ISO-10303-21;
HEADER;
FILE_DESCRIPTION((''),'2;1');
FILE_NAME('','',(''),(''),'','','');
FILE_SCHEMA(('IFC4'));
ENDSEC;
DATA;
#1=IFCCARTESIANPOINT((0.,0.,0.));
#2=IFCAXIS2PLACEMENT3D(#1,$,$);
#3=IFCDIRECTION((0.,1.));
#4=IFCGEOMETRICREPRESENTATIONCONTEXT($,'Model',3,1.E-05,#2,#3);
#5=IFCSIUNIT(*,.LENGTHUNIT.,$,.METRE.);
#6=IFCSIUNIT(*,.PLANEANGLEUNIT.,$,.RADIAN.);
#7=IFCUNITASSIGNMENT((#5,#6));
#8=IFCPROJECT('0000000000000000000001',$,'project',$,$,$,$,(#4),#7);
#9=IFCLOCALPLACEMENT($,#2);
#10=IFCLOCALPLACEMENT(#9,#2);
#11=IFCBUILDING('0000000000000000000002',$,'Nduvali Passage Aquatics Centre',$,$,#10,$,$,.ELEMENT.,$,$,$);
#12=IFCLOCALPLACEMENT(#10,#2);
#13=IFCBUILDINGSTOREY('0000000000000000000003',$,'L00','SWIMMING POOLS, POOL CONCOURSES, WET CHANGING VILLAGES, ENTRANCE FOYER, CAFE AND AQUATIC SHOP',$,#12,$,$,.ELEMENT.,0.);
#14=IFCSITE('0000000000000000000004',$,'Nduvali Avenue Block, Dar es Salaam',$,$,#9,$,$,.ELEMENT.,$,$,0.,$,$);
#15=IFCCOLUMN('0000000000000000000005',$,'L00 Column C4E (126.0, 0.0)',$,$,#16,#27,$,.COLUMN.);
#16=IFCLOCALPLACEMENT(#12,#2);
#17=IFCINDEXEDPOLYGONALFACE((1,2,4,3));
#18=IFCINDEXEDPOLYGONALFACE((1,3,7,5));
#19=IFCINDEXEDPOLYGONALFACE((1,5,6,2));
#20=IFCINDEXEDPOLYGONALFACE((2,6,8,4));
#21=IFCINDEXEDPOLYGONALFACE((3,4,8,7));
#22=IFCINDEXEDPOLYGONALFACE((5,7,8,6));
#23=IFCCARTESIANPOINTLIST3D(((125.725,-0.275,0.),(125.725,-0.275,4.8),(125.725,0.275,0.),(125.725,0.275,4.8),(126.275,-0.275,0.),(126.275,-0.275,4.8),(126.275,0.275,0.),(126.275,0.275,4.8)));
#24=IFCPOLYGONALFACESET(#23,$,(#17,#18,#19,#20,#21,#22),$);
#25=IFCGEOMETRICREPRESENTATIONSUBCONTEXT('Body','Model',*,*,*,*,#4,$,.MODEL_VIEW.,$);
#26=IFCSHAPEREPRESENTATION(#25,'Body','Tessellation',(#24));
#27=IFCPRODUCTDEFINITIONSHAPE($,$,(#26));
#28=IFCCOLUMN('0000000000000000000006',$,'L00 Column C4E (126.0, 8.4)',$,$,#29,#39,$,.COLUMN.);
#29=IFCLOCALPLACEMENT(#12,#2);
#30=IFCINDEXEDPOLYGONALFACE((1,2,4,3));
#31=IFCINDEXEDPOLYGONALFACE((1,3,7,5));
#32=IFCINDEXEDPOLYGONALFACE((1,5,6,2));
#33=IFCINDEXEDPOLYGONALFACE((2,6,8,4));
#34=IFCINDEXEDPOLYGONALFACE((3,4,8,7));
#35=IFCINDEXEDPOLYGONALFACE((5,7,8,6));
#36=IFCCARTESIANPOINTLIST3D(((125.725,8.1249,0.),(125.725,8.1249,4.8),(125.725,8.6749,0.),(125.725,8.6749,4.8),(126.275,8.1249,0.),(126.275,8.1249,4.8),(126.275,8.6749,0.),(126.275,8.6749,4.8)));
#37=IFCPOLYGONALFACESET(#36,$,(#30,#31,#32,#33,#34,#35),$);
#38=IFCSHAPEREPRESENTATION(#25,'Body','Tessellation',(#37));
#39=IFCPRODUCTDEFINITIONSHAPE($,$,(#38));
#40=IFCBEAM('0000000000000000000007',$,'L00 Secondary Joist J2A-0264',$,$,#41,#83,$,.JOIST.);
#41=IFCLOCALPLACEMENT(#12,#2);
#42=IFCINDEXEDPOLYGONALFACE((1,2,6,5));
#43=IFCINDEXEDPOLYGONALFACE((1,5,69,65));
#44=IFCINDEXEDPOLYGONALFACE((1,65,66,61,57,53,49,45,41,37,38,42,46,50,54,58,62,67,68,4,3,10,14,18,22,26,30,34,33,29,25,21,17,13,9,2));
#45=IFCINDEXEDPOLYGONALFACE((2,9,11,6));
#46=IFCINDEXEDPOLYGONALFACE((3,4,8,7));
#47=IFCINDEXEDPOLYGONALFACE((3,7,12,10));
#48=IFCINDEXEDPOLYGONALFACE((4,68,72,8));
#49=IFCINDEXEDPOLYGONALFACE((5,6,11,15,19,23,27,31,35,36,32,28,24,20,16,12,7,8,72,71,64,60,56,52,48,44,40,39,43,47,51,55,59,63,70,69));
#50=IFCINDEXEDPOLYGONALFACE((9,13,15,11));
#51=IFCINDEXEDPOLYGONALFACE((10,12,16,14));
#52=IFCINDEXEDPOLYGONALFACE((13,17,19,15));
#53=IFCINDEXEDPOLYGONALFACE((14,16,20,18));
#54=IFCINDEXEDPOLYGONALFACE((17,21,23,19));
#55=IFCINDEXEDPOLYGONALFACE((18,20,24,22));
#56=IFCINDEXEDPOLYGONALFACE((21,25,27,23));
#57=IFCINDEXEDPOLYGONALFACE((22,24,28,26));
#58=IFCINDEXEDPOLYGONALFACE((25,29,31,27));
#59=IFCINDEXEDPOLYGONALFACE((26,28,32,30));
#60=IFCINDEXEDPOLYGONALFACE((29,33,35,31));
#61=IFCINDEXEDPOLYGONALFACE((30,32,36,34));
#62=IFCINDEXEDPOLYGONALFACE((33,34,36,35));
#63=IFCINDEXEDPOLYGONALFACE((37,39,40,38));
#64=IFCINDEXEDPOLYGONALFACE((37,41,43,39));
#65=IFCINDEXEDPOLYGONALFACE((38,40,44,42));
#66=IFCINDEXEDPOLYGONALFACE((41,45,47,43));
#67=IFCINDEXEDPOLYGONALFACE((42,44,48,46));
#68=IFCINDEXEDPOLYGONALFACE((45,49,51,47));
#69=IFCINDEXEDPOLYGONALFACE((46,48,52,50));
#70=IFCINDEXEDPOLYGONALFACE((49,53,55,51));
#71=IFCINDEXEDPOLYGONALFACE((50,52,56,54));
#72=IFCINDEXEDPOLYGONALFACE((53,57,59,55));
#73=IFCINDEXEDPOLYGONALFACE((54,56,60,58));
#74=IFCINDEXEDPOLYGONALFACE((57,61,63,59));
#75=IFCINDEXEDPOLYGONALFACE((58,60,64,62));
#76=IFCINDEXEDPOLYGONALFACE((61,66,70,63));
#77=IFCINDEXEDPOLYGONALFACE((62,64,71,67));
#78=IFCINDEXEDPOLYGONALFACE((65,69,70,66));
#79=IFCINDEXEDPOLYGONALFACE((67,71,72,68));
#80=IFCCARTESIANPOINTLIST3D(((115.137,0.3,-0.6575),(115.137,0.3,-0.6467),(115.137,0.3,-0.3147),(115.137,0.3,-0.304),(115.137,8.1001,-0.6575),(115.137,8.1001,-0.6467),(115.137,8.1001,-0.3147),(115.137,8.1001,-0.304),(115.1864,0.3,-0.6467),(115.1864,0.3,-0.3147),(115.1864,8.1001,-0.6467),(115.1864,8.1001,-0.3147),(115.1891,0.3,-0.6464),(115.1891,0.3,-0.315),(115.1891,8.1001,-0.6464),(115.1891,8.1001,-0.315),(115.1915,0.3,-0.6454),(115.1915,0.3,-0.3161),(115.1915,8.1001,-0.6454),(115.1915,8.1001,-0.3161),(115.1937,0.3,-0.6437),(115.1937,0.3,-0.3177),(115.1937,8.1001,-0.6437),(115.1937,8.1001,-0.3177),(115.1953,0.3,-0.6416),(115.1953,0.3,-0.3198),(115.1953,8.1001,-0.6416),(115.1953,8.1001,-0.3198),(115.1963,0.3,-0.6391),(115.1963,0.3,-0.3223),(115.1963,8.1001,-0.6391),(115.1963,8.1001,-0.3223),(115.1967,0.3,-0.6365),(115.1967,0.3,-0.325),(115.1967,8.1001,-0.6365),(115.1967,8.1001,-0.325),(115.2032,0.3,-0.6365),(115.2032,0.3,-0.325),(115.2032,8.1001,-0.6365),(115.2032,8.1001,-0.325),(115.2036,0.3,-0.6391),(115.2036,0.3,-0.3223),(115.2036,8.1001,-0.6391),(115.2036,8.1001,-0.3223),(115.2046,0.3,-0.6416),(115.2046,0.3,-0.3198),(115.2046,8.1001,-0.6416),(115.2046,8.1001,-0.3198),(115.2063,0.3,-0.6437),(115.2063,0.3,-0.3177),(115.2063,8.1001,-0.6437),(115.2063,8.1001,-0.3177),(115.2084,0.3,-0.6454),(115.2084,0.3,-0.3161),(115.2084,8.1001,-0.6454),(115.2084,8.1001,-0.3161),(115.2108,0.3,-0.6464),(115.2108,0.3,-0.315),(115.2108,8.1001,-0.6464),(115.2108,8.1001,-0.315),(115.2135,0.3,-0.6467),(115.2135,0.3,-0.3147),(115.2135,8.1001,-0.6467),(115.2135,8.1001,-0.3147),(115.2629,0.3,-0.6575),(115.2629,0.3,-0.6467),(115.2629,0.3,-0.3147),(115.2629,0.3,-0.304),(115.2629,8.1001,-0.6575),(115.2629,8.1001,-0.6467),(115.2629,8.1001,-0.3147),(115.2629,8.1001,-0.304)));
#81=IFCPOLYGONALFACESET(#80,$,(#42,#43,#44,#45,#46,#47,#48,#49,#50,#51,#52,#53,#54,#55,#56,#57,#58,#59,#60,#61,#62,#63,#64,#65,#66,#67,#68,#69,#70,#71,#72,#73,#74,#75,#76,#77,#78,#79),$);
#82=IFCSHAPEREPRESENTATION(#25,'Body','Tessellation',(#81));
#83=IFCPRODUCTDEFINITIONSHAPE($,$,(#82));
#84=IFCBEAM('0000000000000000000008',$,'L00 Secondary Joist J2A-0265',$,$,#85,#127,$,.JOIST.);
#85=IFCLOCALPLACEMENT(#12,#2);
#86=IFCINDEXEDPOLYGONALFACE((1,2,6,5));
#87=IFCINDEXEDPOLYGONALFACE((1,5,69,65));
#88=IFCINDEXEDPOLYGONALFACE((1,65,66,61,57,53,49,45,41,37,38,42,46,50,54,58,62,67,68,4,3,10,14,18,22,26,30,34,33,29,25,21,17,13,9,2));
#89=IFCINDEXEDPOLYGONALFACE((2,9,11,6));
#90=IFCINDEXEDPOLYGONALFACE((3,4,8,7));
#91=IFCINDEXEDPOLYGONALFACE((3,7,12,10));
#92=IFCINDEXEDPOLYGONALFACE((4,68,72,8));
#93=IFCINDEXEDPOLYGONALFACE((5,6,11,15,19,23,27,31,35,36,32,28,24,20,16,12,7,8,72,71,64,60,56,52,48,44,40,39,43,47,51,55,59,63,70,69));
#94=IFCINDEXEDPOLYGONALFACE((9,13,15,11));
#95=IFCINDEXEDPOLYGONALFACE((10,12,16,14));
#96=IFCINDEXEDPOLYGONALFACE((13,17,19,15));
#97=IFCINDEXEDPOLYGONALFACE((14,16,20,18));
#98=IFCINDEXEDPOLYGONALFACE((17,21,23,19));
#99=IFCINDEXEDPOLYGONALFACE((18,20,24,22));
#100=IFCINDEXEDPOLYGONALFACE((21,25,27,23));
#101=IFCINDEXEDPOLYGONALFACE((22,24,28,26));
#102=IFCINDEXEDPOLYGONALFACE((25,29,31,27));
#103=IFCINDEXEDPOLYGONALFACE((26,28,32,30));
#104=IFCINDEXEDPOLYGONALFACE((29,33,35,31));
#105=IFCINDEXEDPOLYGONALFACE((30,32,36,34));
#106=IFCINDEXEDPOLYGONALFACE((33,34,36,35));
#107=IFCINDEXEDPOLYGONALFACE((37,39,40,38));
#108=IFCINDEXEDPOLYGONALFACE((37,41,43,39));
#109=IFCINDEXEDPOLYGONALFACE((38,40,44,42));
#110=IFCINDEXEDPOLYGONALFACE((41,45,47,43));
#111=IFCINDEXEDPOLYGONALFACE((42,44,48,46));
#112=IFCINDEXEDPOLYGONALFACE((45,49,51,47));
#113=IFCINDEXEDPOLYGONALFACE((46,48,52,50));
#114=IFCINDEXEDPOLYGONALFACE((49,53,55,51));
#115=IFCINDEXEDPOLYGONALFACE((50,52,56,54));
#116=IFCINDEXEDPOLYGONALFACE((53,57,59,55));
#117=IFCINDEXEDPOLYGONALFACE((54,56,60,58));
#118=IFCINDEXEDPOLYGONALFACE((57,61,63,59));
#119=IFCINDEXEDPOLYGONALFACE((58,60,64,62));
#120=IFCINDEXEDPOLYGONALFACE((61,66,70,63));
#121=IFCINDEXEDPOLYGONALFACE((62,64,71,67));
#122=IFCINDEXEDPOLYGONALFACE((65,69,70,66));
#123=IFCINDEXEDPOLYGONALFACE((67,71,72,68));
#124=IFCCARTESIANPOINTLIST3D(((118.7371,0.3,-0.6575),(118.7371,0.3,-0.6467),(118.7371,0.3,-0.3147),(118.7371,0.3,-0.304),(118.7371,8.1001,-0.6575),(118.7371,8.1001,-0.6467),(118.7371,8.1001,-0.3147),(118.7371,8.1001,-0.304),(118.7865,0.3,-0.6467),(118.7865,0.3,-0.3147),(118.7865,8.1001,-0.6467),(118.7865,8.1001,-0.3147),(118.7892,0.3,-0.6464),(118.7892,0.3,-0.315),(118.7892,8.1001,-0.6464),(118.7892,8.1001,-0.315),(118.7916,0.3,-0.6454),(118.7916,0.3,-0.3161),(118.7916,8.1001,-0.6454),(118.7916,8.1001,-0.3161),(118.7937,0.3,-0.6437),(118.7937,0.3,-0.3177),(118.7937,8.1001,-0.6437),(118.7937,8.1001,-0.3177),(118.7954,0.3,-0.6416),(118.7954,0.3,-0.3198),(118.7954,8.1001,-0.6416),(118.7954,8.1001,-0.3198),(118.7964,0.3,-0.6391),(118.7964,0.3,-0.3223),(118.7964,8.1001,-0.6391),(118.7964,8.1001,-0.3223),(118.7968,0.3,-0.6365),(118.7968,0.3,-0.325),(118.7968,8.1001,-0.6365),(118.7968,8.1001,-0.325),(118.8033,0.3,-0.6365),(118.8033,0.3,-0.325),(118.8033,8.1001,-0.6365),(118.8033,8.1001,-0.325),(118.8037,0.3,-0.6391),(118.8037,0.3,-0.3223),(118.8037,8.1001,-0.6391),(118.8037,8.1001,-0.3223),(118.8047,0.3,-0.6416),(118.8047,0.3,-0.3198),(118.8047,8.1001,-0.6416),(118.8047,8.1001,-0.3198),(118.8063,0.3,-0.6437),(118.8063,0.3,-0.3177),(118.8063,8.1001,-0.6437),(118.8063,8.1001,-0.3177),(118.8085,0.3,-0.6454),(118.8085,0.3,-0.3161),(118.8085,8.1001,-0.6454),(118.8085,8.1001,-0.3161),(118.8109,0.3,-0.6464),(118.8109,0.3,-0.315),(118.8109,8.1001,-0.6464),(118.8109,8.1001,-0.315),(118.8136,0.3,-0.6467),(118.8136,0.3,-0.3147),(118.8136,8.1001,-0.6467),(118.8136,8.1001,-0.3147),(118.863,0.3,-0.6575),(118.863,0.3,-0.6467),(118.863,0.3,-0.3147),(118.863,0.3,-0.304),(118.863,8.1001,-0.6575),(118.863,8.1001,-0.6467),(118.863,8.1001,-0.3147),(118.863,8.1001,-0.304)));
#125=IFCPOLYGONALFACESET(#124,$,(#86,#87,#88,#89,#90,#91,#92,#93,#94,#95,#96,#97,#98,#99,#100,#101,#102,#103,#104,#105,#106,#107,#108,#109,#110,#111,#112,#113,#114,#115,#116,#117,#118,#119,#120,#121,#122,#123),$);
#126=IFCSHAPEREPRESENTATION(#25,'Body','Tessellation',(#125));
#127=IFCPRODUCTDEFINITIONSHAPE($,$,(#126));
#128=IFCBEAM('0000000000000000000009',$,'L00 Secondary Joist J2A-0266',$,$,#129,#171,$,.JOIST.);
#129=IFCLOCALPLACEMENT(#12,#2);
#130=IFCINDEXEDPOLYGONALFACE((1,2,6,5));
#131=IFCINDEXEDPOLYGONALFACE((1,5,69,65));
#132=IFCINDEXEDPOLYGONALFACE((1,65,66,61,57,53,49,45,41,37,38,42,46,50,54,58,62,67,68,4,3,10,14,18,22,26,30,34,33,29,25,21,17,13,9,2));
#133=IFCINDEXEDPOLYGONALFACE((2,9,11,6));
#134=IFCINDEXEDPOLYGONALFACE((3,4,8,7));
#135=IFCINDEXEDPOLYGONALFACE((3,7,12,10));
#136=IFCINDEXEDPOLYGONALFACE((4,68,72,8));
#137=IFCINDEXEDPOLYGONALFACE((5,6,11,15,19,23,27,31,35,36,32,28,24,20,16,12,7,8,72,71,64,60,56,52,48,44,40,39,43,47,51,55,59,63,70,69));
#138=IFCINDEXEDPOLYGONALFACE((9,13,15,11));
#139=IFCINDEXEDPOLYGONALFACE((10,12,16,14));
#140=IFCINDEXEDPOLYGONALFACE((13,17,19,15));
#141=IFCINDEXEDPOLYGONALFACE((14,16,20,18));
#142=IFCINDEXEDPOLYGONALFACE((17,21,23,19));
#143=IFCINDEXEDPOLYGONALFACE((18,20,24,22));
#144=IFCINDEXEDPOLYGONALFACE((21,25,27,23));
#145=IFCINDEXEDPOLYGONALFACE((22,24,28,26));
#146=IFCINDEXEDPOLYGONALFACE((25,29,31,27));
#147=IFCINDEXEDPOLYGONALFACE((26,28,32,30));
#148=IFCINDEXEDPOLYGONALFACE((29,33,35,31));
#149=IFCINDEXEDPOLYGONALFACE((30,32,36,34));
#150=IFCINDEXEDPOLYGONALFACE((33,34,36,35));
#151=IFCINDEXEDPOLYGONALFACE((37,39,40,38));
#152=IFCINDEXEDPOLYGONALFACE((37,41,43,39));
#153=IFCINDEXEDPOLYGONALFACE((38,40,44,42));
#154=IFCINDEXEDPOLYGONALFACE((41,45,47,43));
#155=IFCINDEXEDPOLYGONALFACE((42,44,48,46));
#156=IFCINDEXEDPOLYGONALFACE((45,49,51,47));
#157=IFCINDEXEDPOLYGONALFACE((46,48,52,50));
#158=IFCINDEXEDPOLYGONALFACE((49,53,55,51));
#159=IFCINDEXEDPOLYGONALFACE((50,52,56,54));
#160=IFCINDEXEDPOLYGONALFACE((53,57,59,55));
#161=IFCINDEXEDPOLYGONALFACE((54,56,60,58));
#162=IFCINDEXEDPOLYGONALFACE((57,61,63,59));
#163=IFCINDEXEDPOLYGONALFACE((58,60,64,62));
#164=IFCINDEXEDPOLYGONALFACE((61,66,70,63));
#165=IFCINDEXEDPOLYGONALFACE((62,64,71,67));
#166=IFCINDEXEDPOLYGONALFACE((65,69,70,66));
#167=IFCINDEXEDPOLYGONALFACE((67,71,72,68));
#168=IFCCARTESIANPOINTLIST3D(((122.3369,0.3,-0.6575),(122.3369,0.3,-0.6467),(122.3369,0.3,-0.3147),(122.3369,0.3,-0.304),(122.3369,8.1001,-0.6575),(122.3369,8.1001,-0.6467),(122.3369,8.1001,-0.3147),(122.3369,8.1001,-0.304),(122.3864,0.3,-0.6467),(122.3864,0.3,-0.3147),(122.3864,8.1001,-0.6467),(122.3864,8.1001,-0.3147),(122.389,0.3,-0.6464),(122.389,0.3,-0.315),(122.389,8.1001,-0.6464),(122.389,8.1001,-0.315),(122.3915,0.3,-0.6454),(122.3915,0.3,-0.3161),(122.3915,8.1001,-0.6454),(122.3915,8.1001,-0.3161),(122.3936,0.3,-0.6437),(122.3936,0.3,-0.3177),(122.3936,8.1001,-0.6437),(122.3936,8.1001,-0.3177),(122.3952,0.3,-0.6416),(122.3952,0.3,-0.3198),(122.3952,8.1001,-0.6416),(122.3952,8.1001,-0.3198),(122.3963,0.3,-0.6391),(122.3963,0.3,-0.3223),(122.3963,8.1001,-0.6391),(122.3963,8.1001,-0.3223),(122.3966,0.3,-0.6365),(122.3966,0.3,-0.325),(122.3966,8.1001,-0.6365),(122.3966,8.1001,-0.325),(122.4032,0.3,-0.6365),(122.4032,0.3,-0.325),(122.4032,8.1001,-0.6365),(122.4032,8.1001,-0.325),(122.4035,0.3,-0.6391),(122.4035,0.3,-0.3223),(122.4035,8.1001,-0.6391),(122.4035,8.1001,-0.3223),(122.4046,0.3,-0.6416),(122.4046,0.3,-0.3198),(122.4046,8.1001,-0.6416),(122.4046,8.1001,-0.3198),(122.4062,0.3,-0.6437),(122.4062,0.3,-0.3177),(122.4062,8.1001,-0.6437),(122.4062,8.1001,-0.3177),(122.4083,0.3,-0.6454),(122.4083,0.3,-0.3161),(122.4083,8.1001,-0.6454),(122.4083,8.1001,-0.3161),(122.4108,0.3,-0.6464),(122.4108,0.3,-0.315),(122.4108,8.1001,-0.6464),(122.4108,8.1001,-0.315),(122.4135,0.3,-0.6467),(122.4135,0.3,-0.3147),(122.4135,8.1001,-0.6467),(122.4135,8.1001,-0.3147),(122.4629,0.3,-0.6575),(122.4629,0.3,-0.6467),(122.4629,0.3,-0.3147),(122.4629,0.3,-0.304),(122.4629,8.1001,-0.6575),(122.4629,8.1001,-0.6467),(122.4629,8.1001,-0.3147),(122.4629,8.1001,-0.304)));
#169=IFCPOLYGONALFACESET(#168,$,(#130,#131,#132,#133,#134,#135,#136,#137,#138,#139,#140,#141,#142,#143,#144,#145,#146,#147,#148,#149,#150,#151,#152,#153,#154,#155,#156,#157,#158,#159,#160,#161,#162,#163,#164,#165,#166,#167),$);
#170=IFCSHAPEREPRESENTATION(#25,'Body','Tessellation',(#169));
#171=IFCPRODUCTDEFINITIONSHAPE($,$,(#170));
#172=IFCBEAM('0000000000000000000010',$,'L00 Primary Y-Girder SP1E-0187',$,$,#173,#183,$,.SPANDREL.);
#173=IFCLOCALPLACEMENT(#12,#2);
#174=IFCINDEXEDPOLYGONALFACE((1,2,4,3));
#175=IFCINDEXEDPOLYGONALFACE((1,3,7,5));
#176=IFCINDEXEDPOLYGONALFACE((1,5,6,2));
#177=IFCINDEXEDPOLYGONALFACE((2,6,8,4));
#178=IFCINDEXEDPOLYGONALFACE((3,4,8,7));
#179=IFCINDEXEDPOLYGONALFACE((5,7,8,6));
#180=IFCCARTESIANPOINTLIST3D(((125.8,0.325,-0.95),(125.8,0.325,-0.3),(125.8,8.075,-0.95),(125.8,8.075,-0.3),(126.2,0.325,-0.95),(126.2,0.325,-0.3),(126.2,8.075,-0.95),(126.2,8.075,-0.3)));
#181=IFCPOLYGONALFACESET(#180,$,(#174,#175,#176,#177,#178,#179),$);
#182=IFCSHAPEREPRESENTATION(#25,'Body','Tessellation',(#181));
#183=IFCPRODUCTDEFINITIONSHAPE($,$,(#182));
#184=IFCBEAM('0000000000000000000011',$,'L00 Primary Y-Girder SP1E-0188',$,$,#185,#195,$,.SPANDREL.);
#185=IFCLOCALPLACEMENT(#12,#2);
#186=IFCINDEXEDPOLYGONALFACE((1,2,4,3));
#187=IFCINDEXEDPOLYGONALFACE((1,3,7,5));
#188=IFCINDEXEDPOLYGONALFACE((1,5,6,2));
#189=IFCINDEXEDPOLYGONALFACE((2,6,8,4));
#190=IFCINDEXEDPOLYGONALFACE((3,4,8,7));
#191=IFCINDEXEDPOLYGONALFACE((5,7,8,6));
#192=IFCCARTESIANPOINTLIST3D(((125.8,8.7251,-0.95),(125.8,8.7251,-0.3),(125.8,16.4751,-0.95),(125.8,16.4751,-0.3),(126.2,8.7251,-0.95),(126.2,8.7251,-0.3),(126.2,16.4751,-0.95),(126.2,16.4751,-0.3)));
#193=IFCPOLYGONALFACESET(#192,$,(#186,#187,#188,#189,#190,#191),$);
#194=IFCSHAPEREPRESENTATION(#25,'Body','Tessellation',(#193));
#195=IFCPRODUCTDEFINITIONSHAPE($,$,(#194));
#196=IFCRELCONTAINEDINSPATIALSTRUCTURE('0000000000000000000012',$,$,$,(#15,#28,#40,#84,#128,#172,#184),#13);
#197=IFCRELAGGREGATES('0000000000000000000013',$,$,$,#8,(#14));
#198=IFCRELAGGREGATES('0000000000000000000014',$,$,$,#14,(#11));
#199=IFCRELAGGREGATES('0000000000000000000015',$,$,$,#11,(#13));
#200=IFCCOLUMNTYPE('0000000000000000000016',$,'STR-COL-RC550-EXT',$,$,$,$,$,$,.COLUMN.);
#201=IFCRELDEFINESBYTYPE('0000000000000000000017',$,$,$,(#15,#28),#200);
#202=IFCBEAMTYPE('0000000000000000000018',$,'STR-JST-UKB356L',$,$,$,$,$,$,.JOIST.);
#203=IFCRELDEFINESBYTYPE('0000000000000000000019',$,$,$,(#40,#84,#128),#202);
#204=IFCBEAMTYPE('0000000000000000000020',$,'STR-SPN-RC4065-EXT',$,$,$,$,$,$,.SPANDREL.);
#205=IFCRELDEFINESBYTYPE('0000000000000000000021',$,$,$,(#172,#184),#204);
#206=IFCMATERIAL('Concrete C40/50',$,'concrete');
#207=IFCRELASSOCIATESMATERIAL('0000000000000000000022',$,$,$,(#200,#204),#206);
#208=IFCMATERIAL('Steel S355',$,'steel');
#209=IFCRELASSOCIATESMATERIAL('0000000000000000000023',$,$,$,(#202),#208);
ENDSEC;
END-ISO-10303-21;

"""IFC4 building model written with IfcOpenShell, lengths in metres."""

from ifc_helpers import new_model, si_unit, direction, frame, origin, origin_2d, place, context, subcontext, project, spatial, rectangle, i_section, extrude, material, material_profile, profile_set, type_object, element, save


model = new_model("IFC4")

# Units and contexts
model_context = context("Model", 3, precision=1e-05, world=origin(), true_north=direction((0.0, 1.0)))
body_context = subcontext(model_context, "Body", "Model", "MODEL_VIEW")
ifc_project = project(units=[si_unit("LENGTHUNIT", "METRE"), si_unit("PLANEANGLEUNIT", "RADIAN")], contexts=[model_context])

# Site, building, storey
site_placement = place(None, origin())
site = spatial("IfcSite", under=ifc_project, at=site_placement, Name="Nduvali Avenue Block, Dar es Salaam", CompositionType="ELEMENT", RefElevation=0.0)
building_placement = place(site_placement, origin())
building = spatial("IfcBuilding", under=site, at=building_placement, Name="Nduvali Passage Aquatics Centre", CompositionType="ELEMENT")
storey_placement = place(building_placement, origin())
storey = spatial("IfcBuildingStorey", under=building, at=storey_placement, Name="L00", Description="SWIMMING POOLS, POOL CONCOURSES, WET CHANGING VILLAGES, ENTRANCE FOYER, CAFE AND AQUATIC SHOP", CompositionType="ELEMENT", Elevation=0.0)

# Columns
ifc_material_1 = material(Name="Concrete C40/50", Category="concrete")
ifc_material_profile_1 = material_profile(ifc_material_1, rectangle(XDim=0.55, YDim=0.55, at=origin_2d()), Name="RC 550x550")
ifc_profile_set_1 = profile_set([ifc_material_profile_1], Name="Concrete C40/50")
column_type = type_object("IfcColumnType", Name="STR-COL-RC550-EXT", PredefinedType="COLUMN", material=ifc_profile_set_1)
for number, where, z_axis, x_axis, name in (
    (1, (126.0, 0.0, 0.0), (0.0, 0.0, 1.0), (1.0, 0.0, 0.0), "L00 Column C4E (126.0, 0.0)"),
    (2, (126.0, 8.3999, 0.0), (0.0, 0.0, 1.0), (1.0, 0.0, 0.0), "L00 Column C4E (126.0, 8.4)"),
):
    element("IfcColumn", number, at=place(storey_placement, frame(where, z_axis=z_axis, x_axis=x_axis)), inside=storey, type_object=column_type, Name=name, PredefinedType="COLUMN", context=body_context, shape_type="SweptSolid", body=[
        extrude(rectangle(XDim=0.55, YDim=0.55, at=origin_2d()), origin(), (0.0, 0.0, 1.0), 4.8),
    ])

# Beams
ifc_material_2 = material(Name="Steel S355", Category="steel")
ifc_material_profile_2 = material_profile(ifc_material_2, i_section(OverallWidth=0.126, OverallDepth=0.3535, WebThickness=0.0066, FlangeThickness=0.0107, FilletRadius=0.0103, at=origin_2d()), Name="UKB 356x127x39")
ifc_profile_set_2 = profile_set([ifc_material_profile_2], Name="Steel S355")
beam_type_1 = type_object("IfcBeamType", Name="STR-JST-UKB356L", PredefinedType="JOIST", material=ifc_profile_set_2)
for number, where, z_axis, x_axis, name in (
    (3, (115.2, 0.3, -0.4807), (0.0, 1.0, 0.0), (-1.0, 0.0, 0.0), "L00 Secondary Joist J2A-0264"),
    (4, (118.8, 0.3, -0.4807), (0.0, 1.0, 0.0), (-1.0, 0.0, 0.0), "L00 Secondary Joist J2A-0265"),
    (5, (122.3999, 0.3, -0.4807), (0.0, 1.0, 0.0), (-1.0, 0.0, 0.0), "L00 Secondary Joist J2A-0266"),
):
    element("IfcBeam", number, at=place(storey_placement, frame(where, z_axis=z_axis, x_axis=x_axis)), inside=storey, type_object=beam_type_1, Name=name, PredefinedType="JOIST", context=body_context, shape_type="SweptSolid", body=[
        extrude(i_section(OverallWidth=0.126, OverallDepth=0.3535, WebThickness=0.0066, FlangeThickness=0.0107, FilletRadius=0.0103, at=origin_2d()), origin(), (0.0, 0.0, 1.0), 7.8),
    ])
ifc_material_profile_3 = material_profile(ifc_material_1, rectangle(XDim=0.3999, YDim=0.6499, at=origin_2d()), Name="RC 400x650")
ifc_profile_set_3 = profile_set([ifc_material_profile_3], Name="Concrete C40/50")
beam_type_2 = type_object("IfcBeamType", Name="STR-SPN-RC4065-EXT", PredefinedType="SPANDREL", material=ifc_profile_set_3)
for number, where, z_axis, x_axis, name in (
    (6, (126.0, 0.325, -0.625), (0.0, 1.0, 0.0), (-1.0, 0.0, 0.0), "L00 Primary Y-Girder SP1E-0187"),
    (7, (126.0, 8.7251, -0.625), (0.0, 1.0, 0.0), (-1.0, 0.0, 0.0), "L00 Primary Y-Girder SP1E-0188"),
):
    element("IfcBeam", number, at=place(storey_placement, frame(where, z_axis=z_axis, x_axis=x_axis)), inside=storey, type_object=beam_type_2, Name=name, PredefinedType="SPANDREL", context=body_context, shape_type="SweptSolid", body=[
        extrude(rectangle(XDim=0.3999, YDim=0.6499, at=origin_2d()), origin(), (0.0, 0.0, 1.0), 7.75),
    ])

save(model, "model.ifc")
